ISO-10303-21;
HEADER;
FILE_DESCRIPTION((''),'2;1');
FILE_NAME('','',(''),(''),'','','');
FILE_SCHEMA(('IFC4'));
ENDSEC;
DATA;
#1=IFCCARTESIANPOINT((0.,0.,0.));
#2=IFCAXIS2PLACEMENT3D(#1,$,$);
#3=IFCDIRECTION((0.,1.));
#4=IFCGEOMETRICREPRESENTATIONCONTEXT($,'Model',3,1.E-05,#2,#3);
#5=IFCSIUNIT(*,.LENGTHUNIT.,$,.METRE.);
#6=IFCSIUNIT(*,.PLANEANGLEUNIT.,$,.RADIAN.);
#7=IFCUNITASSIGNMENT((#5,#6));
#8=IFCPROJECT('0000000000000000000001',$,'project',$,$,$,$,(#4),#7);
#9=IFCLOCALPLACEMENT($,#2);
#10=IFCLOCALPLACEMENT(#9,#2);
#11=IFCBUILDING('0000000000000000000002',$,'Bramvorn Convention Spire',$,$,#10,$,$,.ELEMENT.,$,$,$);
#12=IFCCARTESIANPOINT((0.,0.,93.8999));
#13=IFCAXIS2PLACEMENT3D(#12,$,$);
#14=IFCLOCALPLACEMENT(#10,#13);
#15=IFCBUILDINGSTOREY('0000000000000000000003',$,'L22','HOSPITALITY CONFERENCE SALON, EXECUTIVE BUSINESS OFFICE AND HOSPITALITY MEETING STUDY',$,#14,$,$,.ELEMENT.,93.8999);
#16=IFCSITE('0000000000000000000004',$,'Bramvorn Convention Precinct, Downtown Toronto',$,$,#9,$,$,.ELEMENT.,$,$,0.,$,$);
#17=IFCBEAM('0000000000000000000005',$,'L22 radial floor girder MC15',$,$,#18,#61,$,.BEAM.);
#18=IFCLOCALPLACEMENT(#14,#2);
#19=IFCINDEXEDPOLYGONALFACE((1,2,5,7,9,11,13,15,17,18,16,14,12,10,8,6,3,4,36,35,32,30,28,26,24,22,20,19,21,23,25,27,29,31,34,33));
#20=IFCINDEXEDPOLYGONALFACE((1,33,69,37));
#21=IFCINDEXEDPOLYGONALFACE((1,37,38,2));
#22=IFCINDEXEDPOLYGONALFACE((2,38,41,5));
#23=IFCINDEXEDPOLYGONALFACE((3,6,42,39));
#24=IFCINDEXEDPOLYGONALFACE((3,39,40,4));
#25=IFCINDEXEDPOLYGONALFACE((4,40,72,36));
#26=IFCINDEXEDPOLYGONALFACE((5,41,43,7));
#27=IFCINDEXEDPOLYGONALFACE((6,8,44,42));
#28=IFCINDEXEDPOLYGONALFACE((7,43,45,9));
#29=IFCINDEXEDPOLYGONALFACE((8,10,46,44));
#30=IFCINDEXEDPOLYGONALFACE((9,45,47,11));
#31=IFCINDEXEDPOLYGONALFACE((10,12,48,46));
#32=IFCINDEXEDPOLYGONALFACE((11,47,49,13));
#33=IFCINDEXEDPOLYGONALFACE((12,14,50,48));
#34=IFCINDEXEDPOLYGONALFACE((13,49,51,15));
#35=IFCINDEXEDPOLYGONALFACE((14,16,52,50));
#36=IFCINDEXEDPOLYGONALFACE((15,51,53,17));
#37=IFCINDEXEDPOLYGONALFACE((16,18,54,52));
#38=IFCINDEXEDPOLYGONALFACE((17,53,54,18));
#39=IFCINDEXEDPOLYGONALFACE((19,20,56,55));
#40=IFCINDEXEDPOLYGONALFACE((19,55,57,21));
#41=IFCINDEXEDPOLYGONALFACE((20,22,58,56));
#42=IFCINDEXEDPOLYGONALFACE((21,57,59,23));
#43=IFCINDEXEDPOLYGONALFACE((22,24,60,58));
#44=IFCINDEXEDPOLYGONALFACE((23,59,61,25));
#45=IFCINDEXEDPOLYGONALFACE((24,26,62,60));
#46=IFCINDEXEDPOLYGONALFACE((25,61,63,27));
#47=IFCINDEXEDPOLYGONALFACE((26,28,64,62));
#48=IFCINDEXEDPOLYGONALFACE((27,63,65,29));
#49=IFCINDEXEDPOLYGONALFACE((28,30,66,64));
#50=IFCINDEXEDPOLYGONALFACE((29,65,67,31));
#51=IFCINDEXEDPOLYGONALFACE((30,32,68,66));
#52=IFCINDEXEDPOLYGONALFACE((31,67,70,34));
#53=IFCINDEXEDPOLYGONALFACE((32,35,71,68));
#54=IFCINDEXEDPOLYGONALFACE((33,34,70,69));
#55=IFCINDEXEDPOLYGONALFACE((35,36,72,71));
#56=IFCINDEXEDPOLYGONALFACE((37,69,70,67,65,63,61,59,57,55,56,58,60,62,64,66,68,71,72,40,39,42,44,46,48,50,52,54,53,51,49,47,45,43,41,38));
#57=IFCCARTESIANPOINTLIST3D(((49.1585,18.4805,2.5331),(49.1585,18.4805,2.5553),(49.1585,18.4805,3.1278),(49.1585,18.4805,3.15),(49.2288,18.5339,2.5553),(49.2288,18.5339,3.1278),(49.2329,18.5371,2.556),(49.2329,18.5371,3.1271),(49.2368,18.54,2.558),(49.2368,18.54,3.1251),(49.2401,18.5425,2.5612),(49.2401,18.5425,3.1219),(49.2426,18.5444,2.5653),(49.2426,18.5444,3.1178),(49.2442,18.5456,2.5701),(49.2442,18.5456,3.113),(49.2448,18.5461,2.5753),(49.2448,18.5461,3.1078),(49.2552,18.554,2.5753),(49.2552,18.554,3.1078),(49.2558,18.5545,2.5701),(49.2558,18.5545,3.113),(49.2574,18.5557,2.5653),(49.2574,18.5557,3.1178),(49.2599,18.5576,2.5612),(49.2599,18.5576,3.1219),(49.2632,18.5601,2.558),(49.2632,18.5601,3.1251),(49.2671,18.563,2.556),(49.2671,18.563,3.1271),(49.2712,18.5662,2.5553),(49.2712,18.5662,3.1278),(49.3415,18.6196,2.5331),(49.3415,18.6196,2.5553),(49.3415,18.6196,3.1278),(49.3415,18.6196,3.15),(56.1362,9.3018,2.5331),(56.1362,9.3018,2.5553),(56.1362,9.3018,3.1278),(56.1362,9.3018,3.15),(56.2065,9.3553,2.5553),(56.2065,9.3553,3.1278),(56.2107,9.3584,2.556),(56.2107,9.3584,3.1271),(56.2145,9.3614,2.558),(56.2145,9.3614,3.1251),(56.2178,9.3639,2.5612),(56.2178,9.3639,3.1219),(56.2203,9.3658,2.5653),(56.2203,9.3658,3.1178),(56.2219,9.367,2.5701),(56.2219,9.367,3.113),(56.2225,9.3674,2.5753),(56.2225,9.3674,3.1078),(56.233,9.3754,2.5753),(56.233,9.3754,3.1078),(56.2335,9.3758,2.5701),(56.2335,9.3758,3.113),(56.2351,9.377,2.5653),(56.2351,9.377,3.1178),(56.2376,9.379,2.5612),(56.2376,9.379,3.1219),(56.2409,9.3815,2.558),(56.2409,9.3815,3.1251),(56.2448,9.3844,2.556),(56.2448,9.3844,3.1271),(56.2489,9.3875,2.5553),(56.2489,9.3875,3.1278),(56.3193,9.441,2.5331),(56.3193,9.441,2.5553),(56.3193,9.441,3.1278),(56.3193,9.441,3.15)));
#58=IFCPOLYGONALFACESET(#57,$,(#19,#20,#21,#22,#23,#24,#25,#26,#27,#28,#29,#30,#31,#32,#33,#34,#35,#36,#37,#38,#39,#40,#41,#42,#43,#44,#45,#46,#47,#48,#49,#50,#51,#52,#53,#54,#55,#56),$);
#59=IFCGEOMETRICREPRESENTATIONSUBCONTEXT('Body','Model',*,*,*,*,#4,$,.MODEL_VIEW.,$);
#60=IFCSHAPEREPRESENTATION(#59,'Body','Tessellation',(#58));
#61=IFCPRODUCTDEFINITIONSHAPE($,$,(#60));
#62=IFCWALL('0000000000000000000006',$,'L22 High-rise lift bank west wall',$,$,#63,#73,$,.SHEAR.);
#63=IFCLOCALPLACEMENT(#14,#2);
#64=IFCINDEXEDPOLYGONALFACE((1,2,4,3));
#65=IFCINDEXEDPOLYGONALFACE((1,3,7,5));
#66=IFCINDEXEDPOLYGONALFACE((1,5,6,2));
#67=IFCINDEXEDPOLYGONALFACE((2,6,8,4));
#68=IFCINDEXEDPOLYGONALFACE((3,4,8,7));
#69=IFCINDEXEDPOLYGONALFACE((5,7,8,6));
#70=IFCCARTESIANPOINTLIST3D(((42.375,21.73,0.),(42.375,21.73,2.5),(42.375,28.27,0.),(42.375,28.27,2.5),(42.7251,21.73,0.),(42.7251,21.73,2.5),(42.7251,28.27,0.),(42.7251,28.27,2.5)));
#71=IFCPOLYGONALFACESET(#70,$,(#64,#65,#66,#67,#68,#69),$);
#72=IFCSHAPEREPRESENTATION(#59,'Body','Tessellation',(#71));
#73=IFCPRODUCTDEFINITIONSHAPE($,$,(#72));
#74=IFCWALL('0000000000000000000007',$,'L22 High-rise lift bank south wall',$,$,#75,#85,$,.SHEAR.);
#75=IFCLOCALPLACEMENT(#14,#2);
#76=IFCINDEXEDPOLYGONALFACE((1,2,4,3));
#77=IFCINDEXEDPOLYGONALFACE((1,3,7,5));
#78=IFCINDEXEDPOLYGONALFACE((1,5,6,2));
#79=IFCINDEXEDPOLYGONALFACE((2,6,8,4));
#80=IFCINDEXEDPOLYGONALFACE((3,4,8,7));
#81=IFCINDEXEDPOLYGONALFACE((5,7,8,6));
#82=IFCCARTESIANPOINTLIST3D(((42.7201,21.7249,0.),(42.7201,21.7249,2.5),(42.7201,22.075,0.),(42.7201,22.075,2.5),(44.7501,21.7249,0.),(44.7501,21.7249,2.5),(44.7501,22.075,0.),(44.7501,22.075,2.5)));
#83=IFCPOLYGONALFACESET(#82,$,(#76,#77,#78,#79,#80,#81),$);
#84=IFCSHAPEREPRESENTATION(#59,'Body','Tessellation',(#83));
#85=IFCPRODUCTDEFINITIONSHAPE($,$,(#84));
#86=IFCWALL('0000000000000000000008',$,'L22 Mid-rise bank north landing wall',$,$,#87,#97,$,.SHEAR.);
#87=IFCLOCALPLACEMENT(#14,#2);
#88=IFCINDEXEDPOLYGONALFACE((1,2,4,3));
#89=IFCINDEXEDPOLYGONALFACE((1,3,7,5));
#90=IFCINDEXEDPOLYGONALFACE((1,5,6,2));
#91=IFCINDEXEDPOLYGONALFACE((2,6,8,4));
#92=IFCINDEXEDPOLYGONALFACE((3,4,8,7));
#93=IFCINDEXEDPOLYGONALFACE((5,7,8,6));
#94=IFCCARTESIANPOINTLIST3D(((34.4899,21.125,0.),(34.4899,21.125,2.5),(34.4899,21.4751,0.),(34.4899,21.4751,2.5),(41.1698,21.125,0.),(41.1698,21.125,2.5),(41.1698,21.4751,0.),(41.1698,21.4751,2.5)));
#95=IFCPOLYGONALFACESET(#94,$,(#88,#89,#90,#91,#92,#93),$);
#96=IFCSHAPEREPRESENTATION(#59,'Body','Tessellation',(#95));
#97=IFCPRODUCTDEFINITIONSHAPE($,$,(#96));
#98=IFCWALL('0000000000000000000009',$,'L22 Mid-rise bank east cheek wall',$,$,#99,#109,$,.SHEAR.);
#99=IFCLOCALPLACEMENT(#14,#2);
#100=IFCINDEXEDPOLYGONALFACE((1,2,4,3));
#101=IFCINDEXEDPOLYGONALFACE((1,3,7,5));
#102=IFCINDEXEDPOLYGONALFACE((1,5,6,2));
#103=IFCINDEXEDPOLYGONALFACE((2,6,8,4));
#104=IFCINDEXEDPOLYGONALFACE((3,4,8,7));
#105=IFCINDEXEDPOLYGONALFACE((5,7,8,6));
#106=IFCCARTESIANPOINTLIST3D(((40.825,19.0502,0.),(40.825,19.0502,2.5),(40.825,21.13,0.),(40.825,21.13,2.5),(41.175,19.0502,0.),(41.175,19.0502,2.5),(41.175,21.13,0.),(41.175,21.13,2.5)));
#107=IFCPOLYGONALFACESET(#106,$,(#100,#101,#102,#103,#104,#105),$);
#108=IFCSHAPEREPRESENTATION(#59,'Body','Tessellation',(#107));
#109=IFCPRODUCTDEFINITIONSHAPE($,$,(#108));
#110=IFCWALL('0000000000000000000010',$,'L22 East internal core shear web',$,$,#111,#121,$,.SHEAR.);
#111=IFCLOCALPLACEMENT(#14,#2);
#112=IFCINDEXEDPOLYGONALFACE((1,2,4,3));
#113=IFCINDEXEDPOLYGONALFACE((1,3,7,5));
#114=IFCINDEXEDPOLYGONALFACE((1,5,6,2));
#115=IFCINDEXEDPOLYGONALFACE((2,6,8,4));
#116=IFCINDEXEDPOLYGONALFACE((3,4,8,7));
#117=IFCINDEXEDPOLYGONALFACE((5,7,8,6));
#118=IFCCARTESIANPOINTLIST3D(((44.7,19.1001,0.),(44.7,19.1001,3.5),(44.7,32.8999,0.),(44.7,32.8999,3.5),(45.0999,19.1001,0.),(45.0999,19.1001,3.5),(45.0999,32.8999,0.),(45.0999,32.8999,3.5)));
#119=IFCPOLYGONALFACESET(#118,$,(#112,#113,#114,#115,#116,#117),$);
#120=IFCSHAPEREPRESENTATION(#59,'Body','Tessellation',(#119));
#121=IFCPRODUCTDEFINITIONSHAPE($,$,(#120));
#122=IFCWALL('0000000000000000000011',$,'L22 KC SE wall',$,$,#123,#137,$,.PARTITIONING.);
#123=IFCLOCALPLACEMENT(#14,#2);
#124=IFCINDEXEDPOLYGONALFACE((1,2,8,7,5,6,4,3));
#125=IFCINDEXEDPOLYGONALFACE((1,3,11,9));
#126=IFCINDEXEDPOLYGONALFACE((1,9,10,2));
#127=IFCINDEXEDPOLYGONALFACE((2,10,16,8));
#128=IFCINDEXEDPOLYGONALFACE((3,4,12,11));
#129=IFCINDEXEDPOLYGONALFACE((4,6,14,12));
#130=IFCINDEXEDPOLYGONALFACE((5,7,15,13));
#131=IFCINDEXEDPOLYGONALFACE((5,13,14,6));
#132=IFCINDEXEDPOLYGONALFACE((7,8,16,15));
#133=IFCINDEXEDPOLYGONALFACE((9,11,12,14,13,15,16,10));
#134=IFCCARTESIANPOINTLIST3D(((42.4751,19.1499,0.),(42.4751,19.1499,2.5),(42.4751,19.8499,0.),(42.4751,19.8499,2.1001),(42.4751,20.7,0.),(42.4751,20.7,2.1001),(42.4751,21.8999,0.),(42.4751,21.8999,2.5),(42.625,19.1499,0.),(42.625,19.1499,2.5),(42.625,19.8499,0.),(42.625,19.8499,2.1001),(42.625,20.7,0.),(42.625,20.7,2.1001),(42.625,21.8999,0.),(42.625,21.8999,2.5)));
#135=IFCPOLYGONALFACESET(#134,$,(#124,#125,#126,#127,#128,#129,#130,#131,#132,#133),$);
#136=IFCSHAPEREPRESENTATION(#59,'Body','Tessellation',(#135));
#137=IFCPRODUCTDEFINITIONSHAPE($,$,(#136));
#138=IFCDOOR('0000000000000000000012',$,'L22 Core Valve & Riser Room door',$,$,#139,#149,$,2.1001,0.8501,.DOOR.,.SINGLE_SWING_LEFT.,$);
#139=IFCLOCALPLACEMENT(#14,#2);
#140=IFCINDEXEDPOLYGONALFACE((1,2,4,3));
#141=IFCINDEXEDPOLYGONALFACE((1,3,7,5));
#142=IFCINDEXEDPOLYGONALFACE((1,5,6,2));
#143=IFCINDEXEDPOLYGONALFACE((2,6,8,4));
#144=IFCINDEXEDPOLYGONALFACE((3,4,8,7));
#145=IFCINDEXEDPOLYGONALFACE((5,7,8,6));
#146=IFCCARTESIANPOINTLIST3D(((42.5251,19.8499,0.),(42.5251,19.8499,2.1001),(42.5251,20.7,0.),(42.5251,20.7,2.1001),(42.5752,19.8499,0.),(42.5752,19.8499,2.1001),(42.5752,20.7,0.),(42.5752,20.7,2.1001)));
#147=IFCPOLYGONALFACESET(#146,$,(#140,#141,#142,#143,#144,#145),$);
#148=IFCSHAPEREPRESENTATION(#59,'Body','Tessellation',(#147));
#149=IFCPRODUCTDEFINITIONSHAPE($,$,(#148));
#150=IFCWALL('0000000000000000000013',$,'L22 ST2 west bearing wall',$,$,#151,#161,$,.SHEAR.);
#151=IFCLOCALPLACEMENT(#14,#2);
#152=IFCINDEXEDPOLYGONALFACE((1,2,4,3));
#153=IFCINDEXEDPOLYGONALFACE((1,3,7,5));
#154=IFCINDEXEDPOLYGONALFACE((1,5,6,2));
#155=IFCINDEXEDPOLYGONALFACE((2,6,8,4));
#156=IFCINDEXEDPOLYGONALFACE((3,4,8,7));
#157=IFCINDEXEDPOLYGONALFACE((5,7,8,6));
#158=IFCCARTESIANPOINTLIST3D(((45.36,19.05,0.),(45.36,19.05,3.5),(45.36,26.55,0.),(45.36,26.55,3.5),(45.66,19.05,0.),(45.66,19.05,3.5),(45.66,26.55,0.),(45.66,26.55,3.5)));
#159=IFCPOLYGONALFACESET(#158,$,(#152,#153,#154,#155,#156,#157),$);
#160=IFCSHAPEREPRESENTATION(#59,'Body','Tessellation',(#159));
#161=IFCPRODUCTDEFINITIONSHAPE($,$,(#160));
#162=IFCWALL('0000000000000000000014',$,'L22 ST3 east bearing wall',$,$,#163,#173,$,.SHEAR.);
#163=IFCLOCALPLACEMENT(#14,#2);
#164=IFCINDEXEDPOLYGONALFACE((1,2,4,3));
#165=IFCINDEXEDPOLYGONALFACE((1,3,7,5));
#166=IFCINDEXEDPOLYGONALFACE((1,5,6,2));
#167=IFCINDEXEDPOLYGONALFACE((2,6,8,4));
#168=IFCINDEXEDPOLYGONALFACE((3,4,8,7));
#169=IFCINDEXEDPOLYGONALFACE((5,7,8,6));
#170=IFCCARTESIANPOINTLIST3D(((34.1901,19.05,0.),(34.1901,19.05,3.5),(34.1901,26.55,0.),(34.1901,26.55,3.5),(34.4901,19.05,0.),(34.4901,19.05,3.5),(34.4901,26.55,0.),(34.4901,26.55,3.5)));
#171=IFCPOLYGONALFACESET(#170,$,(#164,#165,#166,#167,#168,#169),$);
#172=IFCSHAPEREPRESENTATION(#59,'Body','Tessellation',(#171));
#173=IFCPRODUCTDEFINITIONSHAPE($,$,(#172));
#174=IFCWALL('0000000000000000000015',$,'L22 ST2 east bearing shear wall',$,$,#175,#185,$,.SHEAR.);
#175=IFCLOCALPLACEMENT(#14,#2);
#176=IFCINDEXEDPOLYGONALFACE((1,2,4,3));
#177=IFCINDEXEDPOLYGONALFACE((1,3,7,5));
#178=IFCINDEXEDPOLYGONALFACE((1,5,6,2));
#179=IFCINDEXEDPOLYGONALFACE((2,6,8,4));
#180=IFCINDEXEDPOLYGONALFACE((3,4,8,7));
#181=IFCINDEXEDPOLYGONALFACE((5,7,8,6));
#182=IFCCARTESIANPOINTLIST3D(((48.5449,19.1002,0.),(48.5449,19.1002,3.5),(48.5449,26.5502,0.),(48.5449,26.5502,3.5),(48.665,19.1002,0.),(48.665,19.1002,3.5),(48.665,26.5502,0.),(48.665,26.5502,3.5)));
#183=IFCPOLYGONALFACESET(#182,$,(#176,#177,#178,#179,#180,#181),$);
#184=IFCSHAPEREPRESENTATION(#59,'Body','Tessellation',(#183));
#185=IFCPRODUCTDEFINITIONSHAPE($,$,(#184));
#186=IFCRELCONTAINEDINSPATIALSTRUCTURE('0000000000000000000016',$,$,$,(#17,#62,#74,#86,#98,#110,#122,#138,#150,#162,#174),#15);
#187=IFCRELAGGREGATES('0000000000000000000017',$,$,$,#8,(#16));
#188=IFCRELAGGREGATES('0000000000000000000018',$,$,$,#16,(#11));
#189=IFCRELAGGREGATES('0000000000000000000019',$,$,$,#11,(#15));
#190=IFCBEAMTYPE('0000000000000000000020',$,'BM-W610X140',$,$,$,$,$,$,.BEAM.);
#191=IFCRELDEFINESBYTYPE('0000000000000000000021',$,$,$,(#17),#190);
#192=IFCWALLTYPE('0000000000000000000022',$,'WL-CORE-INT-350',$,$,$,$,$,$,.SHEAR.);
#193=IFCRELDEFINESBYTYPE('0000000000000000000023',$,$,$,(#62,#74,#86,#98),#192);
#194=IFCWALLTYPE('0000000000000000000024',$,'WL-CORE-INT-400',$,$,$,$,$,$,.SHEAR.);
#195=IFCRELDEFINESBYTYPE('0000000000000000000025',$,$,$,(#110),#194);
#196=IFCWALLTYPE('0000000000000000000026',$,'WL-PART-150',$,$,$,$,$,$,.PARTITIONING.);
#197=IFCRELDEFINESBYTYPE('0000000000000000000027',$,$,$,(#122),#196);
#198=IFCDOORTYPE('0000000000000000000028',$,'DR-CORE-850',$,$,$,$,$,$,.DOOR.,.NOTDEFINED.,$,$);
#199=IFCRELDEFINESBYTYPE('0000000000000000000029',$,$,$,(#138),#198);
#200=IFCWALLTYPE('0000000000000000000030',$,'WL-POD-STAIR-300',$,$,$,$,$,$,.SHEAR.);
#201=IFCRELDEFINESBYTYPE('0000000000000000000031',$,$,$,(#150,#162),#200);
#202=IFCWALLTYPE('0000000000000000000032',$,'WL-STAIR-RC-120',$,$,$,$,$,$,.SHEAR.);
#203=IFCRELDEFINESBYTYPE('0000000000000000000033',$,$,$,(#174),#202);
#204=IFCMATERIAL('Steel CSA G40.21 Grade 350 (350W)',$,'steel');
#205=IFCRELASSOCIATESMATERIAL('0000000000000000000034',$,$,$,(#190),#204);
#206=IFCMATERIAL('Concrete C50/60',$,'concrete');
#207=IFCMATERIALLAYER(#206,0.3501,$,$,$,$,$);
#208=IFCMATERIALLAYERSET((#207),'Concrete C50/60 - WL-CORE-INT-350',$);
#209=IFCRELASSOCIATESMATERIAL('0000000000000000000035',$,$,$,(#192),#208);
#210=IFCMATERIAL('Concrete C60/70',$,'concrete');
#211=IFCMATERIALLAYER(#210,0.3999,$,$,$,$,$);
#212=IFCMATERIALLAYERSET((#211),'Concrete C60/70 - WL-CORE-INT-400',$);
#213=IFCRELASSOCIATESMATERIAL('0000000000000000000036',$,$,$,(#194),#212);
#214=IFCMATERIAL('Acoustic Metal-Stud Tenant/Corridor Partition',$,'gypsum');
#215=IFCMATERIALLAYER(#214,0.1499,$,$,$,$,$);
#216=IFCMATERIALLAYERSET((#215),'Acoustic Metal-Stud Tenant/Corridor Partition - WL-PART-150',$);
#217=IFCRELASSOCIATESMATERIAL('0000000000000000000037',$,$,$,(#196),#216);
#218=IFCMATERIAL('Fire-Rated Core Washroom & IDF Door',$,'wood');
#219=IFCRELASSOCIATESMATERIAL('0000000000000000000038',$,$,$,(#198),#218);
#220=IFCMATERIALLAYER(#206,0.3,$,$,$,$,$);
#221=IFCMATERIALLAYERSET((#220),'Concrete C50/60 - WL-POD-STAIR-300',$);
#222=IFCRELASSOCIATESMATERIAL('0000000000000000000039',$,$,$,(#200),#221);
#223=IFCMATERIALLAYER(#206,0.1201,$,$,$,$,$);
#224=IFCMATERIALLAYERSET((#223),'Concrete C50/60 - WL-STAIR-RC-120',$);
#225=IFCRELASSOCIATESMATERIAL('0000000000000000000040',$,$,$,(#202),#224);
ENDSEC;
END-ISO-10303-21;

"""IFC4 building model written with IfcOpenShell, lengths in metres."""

from ifc_helpers import new_model, si_unit, direction, frame, frame_2d, origin, origin_2d, place, context, subcontext, project, spatial, rectangle, i_section, extrude, material, layer, layer_set, material_profile, profile_set, type_object, element, fill, save


model = new_model("IFC4")

# Units and contexts
model_context = context("Model", 3, precision=1e-05, world=origin(), true_north=direction((0.0, 1.0)))
body_context = subcontext(model_context, "Body", "Model", "MODEL_VIEW")
ifc_project = project(units=[si_unit("LENGTHUNIT", "METRE"), si_unit("PLANEANGLEUNIT", "RADIAN")], contexts=[model_context])

# Site, building, storey
site_placement = place(None, origin())
site = spatial("IfcSite", under=ifc_project, at=site_placement, Name="Bramvorn Convention Precinct, Downtown Toronto", CompositionType="ELEMENT", RefElevation=0.0)
building_placement = place(site_placement, origin())
building = spatial("IfcBuilding", under=site, at=building_placement, Name="Bramvorn Convention Spire", CompositionType="ELEMENT")
storey_placement = place(building_placement, frame((0.0, 0.0, 93.8999)))
storey = spatial("IfcBuildingStorey", under=building, at=storey_placement, Name="L22", Description="HOSPITALITY CONFERENCE SALON, EXECUTIVE BUSINESS OFFICE AND HOSPITALITY MEETING STUDY", CompositionType="ELEMENT", Elevation=93.8999)

# Beam
ifc_material_1 = material(Name="Steel CSA G40.21 Grade 350 (350W)", Category="steel")
ifc_material_profile_1 = material_profile(ifc_material_1, i_section(OverallWidth=0.23, OverallDepth=0.6169, WebThickness=0.0132, FlangeThickness=0.0222, FilletRadius=0.02, at=origin_2d()))
ifc_profile_set_1 = profile_set([ifc_material_profile_1], Name="Steel CSA G40.21 Grade 350 (350W) - W610X140")
beam_type_1 = type_object("IfcBeamType", Name="BM-W610X140", PredefinedType="BEAM", material=ifc_profile_set_1)
beam_1_placement = place(storey_placement, frame((49.25, 18.55, 2.8416), z_axis=(0.605191, -0.79608, 0.0), x_axis=(0.79608, 0.605191, 0.0)))
element("IfcBeam", 1, at=beam_1_placement, inside=storey, type_object=beam_type_1, Name="L22 radial floor girder MC15", PredefinedType="BEAM", context=body_context, shape_type="SweptSolid", body=[
    extrude(i_section(OverallWidth=0.23, OverallDepth=0.6169, WebThickness=0.0132, FlangeThickness=0.0222, FilletRadius=0.02, at=origin_2d()), origin(), (0.0, 0.0, 1.0), 11.5298),
])

# Shared definitions
ifc_material_2 = material(Name="Concrete C60/70", Category="concrete")

# Walls
ifc_material_3 = material(Name="Concrete C50/60", Category="concrete")
ifc_layer_1 = layer(ifc_material_3, 0.3501)
ifc_layer_set_1 = layer_set([ifc_layer_1], Name="Concrete C50/60 - WL-CORE-INT-350")
wall_type_1 = type_object("IfcWallType", Name="WL-CORE-INT-350", PredefinedType="SHEAR", material=ifc_layer_set_1)
wall_1_placement = place(storey_placement, frame((42.55, 21.73, 0.0), z_axis=(0.0, 0.0, 1.0), x_axis=(0.0, 1.0, 0.0)))
element("IfcWall", 2, at=wall_1_placement, inside=storey, type_object=wall_type_1, Name="L22 High-rise lift bank west wall", PredefinedType="SHEAR", context=body_context, shape_type="SweptSolid", body=[
    extrude(rectangle(XDim=6.54, YDim=0.3501, at=frame_2d((3.27, 0.0))), origin(), (0.0, 0.0, 1.0), 2.5),
])
wall_2_placement = place(storey_placement, frame((42.72, 21.8999, 0.0), z_axis=(0.0, 0.0, 1.0), x_axis=(1.0, 0.0, 0.0)))
element("IfcWall", 3, at=wall_2_placement, inside=storey, type_object=wall_type_1, Name="L22 High-rise lift bank south wall", PredefinedType="SHEAR", context=body_context, shape_type="SweptSolid", body=[
    extrude(rectangle(XDim=2.03, YDim=0.3501, at=frame_2d((1.0151, 0.0))), origin(), (0.0, 0.0, 1.0), 2.5),
])
wall_3_placement = place(storey_placement, frame((34.49, 21.3, 0.0), z_axis=(0.0, 0.0, 1.0), x_axis=(1.0, 0.0, 0.0)))
element("IfcWall", 4, at=wall_3_placement, inside=storey, type_object=wall_type_1, Name="L22 Mid-rise bank north landing wall", PredefinedType="SHEAR", context=body_context, shape_type="SweptSolid", body=[
    extrude(rectangle(XDim=6.6799, YDim=0.3501, at=frame_2d((3.3398, 0.0))), origin(), (0.0, 0.0, 1.0), 2.5),
])
wall_4_placement = place(storey_placement, frame((41.0, 19.05, 0.0), z_axis=(0.0, 0.0, 1.0), x_axis=(0.0, 1.0, 0.0)))
element("IfcWall", 5, at=wall_4_placement, inside=storey, type_object=wall_type_1, Name="L22 Mid-rise bank east cheek wall", PredefinedType="SHEAR", context=body_context, shape_type="SweptSolid", body=[
    extrude(rectangle(XDim=2.0798, YDim=0.3501, at=frame_2d((1.04, 0.0))), origin(), (0.0, 0.0, 1.0), 2.5),
])
ifc_layer_2 = layer(ifc_material_2, 0.3999)
ifc_layer_set_2 = layer_set([ifc_layer_2], Name="Concrete C60/70 - WL-CORE-INT-400")
wall_type_2 = type_object("IfcWallType", Name="WL-CORE-INT-400", PredefinedType="SHEAR", material=ifc_layer_set_2)
wall_5_placement = place(storey_placement, frame((44.8999, 19.1001, 0.0), z_axis=(0.0, 0.0, 1.0), x_axis=(0.0, 1.0, 0.0)))
element("IfcWall", 6, at=wall_5_placement, inside=storey, type_object=wall_type_2, Name="L22 East internal core shear web", PredefinedType="SHEAR", context=body_context, shape_type="SweptSolid", body=[
    extrude(rectangle(XDim=13.7998, YDim=0.3999, at=frame_2d((6.8999, 0.0))), origin(), (0.0, 0.0, 1.0), 3.5),
])

# Wall, opening, door
ifc_material_4 = material(Name="Acoustic Metal-Stud Tenant/Corridor Partition", Category="gypsum")
ifc_layer_3 = layer(ifc_material_4, 0.1499)
ifc_layer_set_3 = layer_set([ifc_layer_3], Name="Acoustic Metal-Stud Tenant/Corridor Partition - WL-PART-150")
wall_type_3 = type_object("IfcWallType", Name="WL-PART-150", PredefinedType="PARTITIONING", material=ifc_layer_set_3)
wall_6_placement = place(storey_placement, frame((42.55, 19.1499, 0.0), z_axis=(0.0, 0.0, 1.0), x_axis=(0.0, 1.0, 0.0)))
wall_6 = element("IfcWall", 7, at=wall_6_placement, inside=storey, type_object=wall_type_3, Name="L22 KC SE wall", PredefinedType="PARTITIONING", context=body_context, shape_type="SweptSolid", body=[
    extrude(rectangle(XDim=2.75, YDim=0.1499, at=frame_2d((1.375, 0.0))), origin(), (0.0, 0.0, 1.0), 2.5),
])
opening_1_placement = place(wall_6_placement, frame((0.7, 0.0, 0.0)))
opening_1 = element("IfcOpeningElement", 8, at=opening_1_placement, cuts=wall_6, PredefinedType="OPENING", context=body_context, shape_type="SweptSolid", body=[
    extrude(rectangle(XDim=0.8501, YDim=2.1001, at=frame_2d((0.425, 1.05))), frame((0.0, 0.085, 0.0), z_axis=(0.0, -1.0, 0.0), x_axis=(1.0, 0.0, 0.0)), (0.0, 0.0, 1.0), 0.1699),
])
ifc_material_5 = material(Name="Fire-Rated Core Washroom & IDF Door", Category="wood")
door_type_1 = type_object("IfcDoorType", Name="DR-CORE-850", OperationType="NOTDEFINED", PredefinedType="DOOR", material=ifc_material_5)
door_1_placement = place(opening_1_placement, origin())
door_1 = element("IfcDoor", 9, at=door_1_placement, inside=storey, type_object=door_type_1, Name="L22 Core Valve & Riser Room door", OperationType="SINGLE_SWING_LEFT", OverallHeight=2.1001, OverallWidth=0.8501, PredefinedType="DOOR", context=body_context, shape_type="SweptSolid", body=[
    extrude(rectangle(XDim=0.8501, YDim=2.1001, at=frame_2d((0.425, 1.05))), frame((0.0, 0.0249, 0.0), z_axis=(0.0, -1.0, 0.0), x_axis=(1.0, 0.0, 0.0)), (0.0, 0.0, 1.0), 0.05),
])
fill(opening_1, door_1)

# Walls
ifc_layer_4 = layer(ifc_material_3, 0.3)
ifc_layer_set_4 = layer_set([ifc_layer_4], Name="Concrete C50/60 - WL-POD-STAIR-300")
wall_type_4 = type_object("IfcWallType", Name="WL-POD-STAIR-300", PredefinedType="SHEAR", material=ifc_layer_set_4)
for number, where, z_axis, x_axis, name in (
    (10, (45.51, 19.05, 0.0), (0.0, 0.0, 1.0), (0.0, 1.0, 0.0), "L22 ST2 west bearing wall"),
    (11, (34.3401, 19.05, 0.0), (0.0, 0.0, 1.0), (0.0, 1.0, 0.0), "L22 ST3 east bearing wall"),
):
    element("IfcWall", number, at=place(storey_placement, frame(where, z_axis=z_axis, x_axis=x_axis)), inside=storey, type_object=wall_type_4, Name=name, PredefinedType="SHEAR", context=body_context, shape_type="SweptSolid", body=[
        extrude(rectangle(XDim=7.5, YDim=0.3, at=frame_2d((3.75, 0.0))), origin(), (0.0, 0.0, 1.0), 3.5),
    ])
ifc_layer_5 = layer(ifc_material_3, 0.1201)
ifc_layer_set_5 = layer_set([ifc_layer_5], Name="Concrete C50/60 - WL-STAIR-RC-120")
wall_type_5 = type_object("IfcWallType", Name="WL-STAIR-RC-120", PredefinedType="SHEAR", material=ifc_layer_set_5)
wall_7_placement = place(storey_placement, frame((48.605, 19.1001, 0.0), z_axis=(0.0, 0.0, 1.0), x_axis=(0.0, 1.0, 0.0)))
element("IfcWall", 12, at=wall_7_placement, inside=storey, type_object=wall_type_5, Name="L22 ST2 east bearing shear wall", PredefinedType="SHEAR", context=body_context, shape_type="SweptSolid", body=[
    extrude(rectangle(XDim=7.45, YDim=0.1201, at=frame_2d((3.7251, 0.0))), origin(), (0.0, 0.0, 1.0), 3.5),
])

save(model, "model.ifc")
